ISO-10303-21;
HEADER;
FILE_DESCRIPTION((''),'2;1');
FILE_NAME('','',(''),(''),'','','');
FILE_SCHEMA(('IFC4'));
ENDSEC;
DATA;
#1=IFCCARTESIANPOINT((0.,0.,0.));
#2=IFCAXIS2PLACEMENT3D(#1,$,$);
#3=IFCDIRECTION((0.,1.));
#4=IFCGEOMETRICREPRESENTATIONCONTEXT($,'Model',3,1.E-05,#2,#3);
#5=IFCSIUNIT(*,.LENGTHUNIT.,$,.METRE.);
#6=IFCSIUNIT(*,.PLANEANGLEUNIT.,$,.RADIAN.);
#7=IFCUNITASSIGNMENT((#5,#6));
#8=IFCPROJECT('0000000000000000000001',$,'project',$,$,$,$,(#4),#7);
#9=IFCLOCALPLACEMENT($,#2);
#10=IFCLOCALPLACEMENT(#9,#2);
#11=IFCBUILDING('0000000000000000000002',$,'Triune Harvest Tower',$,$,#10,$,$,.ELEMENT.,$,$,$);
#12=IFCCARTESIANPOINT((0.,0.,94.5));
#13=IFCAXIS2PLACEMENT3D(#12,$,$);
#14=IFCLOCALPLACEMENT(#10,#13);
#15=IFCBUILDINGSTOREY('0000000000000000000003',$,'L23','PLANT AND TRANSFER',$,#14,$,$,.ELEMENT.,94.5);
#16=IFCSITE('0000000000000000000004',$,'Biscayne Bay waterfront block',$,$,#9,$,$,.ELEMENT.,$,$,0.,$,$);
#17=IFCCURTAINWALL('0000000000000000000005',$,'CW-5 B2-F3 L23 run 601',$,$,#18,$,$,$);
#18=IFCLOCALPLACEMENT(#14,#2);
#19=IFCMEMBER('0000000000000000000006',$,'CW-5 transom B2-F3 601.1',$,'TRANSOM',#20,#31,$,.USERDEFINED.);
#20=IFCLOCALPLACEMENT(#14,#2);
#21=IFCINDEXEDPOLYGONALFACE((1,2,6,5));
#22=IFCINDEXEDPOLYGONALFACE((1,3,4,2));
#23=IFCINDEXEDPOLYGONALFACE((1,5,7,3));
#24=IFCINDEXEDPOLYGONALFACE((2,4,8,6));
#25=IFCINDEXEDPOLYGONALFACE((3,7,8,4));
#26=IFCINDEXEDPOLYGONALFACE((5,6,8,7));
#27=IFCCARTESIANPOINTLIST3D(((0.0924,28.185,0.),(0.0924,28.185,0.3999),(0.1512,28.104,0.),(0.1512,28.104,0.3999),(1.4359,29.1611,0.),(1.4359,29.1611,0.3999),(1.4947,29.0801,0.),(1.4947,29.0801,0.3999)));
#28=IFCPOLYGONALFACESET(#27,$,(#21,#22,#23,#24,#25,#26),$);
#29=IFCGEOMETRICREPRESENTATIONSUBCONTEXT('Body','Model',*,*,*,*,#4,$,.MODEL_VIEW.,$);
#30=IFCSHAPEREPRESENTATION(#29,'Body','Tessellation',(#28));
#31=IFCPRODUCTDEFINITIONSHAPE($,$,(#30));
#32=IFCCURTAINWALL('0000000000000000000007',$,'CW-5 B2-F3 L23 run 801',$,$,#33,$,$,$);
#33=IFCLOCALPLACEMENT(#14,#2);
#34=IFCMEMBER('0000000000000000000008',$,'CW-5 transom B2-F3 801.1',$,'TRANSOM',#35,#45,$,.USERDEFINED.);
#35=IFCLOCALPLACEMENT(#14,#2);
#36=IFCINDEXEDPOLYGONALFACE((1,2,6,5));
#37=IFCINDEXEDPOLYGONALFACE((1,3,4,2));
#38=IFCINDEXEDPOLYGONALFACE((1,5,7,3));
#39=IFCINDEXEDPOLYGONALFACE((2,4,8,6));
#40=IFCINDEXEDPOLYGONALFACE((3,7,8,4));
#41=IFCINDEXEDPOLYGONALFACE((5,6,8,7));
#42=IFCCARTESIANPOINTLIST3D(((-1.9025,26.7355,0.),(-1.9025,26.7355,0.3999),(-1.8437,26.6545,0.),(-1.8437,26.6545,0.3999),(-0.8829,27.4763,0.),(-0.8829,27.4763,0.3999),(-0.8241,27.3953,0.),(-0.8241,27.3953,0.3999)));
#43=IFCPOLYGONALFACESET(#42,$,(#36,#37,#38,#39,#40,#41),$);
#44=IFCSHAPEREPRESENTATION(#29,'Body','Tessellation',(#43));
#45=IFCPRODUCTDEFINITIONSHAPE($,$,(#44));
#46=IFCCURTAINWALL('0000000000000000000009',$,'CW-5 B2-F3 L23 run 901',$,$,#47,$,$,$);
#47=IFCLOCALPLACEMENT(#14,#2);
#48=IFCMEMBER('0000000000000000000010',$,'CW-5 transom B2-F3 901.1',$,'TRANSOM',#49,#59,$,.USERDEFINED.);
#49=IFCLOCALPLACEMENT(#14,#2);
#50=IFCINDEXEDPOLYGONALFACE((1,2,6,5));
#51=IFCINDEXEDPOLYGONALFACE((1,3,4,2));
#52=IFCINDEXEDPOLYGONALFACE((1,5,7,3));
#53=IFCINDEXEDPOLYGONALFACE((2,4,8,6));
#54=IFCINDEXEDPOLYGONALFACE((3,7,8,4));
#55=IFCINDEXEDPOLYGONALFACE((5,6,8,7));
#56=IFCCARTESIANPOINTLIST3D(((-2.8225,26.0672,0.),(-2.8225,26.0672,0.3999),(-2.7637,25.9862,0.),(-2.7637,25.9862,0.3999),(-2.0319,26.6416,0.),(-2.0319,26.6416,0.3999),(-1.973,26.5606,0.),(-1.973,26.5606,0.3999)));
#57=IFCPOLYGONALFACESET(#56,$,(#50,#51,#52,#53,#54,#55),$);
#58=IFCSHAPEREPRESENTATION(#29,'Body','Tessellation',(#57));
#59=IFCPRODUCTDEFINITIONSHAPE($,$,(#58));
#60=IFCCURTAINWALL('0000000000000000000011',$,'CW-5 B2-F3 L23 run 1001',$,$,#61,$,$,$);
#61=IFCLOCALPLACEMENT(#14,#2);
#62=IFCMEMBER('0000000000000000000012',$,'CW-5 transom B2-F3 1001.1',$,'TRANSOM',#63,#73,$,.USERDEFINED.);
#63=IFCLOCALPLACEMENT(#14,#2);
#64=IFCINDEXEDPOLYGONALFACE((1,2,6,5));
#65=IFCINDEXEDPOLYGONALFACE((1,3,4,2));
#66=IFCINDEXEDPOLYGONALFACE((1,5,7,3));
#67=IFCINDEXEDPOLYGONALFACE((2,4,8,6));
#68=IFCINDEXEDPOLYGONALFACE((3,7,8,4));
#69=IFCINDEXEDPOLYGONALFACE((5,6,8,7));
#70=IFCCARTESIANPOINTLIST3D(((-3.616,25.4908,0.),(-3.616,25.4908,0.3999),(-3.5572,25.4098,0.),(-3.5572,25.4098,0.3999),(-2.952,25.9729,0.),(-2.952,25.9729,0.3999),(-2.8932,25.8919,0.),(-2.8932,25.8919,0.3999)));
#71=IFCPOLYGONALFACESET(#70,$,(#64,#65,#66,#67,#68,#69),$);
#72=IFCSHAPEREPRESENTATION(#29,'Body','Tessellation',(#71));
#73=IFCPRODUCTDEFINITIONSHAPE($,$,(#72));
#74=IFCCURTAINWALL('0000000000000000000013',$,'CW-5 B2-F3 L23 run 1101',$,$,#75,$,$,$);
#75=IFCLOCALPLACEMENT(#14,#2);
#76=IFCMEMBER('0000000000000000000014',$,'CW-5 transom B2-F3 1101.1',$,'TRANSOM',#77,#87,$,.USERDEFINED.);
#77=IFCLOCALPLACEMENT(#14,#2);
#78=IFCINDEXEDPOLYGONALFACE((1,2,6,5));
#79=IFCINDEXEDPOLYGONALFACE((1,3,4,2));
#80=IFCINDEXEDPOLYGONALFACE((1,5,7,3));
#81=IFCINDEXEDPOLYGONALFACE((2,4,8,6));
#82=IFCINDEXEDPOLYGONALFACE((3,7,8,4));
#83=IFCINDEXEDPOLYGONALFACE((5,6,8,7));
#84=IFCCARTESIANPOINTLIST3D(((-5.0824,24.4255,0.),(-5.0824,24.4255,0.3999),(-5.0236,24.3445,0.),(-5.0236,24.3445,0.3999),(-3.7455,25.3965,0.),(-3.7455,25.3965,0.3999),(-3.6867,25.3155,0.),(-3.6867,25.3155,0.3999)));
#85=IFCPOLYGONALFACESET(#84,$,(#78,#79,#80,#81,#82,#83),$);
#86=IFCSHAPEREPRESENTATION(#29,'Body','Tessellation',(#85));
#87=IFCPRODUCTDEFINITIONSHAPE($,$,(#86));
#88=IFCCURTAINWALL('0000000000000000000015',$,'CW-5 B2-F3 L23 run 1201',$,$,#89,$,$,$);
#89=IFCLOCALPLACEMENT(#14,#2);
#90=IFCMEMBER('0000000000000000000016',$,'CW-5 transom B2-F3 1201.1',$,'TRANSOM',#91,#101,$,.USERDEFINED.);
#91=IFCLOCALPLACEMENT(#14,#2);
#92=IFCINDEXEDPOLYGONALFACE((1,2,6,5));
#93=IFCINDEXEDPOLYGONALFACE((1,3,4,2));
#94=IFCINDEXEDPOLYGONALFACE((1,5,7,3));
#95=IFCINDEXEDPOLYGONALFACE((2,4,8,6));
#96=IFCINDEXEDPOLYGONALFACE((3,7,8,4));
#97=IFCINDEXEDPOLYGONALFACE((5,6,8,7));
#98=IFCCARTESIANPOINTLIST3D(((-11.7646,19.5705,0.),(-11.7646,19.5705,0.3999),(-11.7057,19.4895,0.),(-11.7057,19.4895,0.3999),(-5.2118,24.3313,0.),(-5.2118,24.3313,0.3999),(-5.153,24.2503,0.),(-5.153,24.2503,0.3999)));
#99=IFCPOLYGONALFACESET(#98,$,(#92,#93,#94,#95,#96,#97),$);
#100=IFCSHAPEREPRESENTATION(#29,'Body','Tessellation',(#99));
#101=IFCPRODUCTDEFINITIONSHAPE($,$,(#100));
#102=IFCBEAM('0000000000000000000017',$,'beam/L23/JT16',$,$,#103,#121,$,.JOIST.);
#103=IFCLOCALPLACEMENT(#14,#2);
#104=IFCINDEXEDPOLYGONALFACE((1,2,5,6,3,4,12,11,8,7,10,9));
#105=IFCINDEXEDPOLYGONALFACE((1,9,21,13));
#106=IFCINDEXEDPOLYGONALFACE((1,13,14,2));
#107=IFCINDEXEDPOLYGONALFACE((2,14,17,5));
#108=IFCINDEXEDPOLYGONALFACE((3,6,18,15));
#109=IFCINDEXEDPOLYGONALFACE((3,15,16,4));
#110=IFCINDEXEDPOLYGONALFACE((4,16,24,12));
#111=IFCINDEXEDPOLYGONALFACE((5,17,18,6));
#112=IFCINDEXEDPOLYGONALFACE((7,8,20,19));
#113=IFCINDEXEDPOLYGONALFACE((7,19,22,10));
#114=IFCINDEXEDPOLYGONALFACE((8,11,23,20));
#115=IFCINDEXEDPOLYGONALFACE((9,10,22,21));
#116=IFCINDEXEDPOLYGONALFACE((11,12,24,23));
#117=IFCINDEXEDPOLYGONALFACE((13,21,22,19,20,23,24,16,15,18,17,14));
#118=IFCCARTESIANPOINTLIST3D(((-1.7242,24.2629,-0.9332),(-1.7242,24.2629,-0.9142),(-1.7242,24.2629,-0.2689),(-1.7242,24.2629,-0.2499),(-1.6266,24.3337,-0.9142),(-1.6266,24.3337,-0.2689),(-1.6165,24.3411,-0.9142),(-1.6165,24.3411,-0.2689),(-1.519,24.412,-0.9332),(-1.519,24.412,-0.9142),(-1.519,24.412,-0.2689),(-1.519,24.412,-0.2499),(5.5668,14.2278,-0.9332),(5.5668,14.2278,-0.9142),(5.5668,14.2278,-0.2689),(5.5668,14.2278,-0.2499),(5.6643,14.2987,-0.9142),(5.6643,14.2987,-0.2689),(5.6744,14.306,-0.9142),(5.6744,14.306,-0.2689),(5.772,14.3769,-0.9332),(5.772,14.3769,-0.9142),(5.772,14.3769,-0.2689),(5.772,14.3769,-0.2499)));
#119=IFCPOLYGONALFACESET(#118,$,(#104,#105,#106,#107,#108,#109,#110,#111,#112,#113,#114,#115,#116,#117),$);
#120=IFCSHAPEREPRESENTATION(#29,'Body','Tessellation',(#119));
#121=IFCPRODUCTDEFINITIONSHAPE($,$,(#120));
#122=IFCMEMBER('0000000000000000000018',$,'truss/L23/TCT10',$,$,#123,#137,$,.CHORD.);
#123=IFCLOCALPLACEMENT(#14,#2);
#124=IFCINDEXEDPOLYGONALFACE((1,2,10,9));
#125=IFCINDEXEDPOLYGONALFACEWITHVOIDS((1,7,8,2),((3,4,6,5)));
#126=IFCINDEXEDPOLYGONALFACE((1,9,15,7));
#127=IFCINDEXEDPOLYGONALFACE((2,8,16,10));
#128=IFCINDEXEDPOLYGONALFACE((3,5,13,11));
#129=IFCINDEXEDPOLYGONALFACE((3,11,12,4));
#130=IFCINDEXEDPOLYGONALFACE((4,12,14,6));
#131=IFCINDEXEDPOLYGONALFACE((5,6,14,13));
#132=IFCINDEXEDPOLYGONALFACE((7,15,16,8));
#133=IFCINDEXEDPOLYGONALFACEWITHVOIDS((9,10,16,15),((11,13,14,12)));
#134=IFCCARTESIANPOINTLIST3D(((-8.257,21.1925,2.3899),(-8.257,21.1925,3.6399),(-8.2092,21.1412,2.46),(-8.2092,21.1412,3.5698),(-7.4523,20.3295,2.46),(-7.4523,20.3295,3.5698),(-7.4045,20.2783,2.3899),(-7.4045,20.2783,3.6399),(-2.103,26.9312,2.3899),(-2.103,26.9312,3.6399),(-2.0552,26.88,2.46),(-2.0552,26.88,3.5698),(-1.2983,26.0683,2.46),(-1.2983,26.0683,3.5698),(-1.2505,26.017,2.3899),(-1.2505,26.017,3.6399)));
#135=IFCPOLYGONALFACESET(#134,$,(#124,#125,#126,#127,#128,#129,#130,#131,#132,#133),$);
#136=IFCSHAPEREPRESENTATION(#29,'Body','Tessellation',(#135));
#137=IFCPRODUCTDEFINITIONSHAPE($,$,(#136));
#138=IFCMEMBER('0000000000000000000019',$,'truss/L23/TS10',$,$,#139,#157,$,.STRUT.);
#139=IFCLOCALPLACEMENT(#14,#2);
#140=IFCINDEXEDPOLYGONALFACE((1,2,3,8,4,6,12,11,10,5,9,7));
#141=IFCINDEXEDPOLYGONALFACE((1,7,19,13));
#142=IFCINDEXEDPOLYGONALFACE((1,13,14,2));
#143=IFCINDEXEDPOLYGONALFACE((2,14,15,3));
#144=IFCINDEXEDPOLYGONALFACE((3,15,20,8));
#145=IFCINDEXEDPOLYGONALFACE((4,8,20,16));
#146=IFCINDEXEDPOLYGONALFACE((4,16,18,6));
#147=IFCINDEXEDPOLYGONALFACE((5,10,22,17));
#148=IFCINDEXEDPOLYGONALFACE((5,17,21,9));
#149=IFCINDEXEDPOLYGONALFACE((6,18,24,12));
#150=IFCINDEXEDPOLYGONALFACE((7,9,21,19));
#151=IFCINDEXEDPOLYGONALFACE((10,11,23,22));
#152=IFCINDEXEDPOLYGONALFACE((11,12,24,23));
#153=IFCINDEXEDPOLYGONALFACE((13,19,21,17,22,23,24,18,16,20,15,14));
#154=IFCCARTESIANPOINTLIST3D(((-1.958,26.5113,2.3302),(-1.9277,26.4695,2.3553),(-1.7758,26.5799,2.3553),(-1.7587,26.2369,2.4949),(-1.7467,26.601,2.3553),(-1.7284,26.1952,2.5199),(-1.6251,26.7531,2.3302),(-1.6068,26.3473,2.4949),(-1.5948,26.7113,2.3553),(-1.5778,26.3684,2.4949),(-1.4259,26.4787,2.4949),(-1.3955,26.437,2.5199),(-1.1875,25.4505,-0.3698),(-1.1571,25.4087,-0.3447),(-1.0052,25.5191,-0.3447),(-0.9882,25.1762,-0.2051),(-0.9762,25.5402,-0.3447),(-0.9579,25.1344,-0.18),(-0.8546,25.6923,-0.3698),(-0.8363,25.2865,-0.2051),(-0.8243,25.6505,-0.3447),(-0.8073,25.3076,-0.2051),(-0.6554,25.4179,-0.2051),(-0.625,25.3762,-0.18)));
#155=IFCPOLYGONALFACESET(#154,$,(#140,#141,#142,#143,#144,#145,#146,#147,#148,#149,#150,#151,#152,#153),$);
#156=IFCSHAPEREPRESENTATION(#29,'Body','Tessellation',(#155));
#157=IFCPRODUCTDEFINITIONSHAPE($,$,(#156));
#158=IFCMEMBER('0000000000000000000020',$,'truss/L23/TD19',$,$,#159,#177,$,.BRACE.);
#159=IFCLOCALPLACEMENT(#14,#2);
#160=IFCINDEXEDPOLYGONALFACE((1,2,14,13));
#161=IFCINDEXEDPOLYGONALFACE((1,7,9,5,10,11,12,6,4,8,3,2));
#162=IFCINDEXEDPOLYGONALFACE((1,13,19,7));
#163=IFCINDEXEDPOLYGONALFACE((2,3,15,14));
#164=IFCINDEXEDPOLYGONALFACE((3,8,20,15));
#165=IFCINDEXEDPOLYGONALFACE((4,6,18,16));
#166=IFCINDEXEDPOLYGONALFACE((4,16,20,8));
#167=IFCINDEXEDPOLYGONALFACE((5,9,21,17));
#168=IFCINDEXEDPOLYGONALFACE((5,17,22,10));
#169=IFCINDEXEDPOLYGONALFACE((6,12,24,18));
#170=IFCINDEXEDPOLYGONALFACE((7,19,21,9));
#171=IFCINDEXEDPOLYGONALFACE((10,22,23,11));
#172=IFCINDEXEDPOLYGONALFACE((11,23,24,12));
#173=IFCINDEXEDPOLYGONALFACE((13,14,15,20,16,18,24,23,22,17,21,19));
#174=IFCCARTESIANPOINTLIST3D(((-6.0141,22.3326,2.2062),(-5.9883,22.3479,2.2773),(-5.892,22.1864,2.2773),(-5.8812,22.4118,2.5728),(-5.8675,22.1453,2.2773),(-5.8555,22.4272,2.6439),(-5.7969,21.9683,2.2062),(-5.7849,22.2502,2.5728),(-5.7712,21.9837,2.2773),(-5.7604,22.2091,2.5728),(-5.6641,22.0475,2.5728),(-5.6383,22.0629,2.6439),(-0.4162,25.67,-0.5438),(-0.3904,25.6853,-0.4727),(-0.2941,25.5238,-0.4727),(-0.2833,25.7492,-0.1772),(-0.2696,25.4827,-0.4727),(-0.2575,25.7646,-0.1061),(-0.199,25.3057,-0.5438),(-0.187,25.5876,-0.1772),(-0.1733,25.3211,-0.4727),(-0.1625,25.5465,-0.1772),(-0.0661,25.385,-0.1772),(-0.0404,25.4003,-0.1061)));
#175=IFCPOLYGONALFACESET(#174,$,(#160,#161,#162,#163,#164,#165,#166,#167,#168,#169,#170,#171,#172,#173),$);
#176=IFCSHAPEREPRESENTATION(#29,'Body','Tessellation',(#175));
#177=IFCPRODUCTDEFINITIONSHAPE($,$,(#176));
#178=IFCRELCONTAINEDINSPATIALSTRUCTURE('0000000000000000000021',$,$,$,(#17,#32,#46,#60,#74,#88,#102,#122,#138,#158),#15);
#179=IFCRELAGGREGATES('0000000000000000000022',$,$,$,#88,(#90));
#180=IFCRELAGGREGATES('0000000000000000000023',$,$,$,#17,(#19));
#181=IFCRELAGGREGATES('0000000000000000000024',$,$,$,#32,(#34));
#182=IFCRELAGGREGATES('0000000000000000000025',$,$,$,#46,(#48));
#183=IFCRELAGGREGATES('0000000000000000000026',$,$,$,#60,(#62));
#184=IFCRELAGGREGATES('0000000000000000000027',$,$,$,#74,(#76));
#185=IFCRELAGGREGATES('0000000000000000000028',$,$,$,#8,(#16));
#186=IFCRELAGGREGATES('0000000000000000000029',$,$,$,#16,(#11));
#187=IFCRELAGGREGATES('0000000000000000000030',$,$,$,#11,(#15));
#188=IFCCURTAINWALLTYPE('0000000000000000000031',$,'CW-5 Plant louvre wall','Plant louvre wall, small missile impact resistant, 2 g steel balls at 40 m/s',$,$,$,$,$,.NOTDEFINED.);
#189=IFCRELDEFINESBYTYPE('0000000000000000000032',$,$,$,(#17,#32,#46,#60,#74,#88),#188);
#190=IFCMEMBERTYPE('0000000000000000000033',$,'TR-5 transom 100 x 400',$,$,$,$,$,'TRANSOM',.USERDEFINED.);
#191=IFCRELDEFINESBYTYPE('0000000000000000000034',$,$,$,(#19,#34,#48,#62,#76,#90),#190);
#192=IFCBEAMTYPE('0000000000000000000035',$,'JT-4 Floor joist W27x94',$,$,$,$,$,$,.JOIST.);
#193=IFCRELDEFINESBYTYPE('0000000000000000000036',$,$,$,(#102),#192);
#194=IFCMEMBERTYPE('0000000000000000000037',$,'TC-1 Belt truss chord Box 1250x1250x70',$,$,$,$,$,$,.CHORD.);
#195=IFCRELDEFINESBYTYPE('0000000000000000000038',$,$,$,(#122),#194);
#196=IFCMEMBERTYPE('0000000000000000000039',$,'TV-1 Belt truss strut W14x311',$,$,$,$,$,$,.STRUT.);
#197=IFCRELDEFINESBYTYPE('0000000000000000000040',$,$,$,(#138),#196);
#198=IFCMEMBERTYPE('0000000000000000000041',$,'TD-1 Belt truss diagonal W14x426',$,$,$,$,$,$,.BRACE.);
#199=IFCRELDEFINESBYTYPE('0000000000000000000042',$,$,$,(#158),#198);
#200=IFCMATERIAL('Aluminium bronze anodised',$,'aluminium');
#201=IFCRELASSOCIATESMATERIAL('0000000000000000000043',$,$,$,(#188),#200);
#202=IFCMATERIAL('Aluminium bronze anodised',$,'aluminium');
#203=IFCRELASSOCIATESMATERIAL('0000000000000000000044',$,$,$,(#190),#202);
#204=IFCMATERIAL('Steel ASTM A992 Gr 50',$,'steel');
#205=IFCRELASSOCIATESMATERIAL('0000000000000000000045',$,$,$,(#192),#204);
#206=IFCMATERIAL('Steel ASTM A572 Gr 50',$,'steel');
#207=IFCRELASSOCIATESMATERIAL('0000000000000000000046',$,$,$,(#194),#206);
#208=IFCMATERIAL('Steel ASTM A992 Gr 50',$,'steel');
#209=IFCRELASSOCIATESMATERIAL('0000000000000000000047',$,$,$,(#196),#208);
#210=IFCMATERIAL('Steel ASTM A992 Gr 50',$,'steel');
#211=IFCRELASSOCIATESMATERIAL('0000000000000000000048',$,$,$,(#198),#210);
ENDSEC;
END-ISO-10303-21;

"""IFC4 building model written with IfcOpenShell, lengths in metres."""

from ifc_helpers import new_model, si_unit, direction, frame, origin, origin_2d, place, context, subcontext, project, spatial, rectangle, hollow_rectangle, i_section, extrude, source, transform, mapped, material, material_profile, profile_set, type_object, element, aggregate, save


model = new_model("IFC4")

# Units and contexts
model_context = context("Model", 3, precision=1e-05, world=origin(), true_north=direction((0.0, 1.0)))
body_context = subcontext(model_context, "Body", "Model", "MODEL_VIEW")
ifc_project = project(units=[si_unit("LENGTHUNIT", "METRE"), si_unit("PLANEANGLEUNIT", "RADIAN")], contexts=[model_context])

# Site, building, storey
site_placement = place(None, origin())
site = spatial("IfcSite", under=ifc_project, at=site_placement, Name="Biscayne Bay waterfront block", CompositionType="ELEMENT", RefElevation=0.0)
building_placement = place(site_placement, origin())
building = spatial("IfcBuilding", under=site, at=building_placement, Name="Triune Harvest Tower", CompositionType="ELEMENT")
storey_placement = place(building_placement, frame((0.0, 0.0, 94.5)))
storey = spatial("IfcBuildingStorey", under=building, at=storey_placement, Name="L23", Description="PLANT AND TRANSFER", CompositionType="ELEMENT", Elevation=94.5)

# Curtain walls, members
ifc_material_1 = material(Name="Aluminium bronze anodised", Category="aluminium")
curtain_wall_type = type_object("IfcCurtainWallType", Name="CW-5 Plant louvre wall", Description="Plant louvre wall, small missile impact resistant, 2 g steel balls at 40 m/s", PredefinedType="NOTDEFINED", material=ifc_material_1)
curtain_wall_1_placement = place(storey_placement, origin())
curtain_wall_1 = element("IfcCurtainWall", 1, at=curtain_wall_1_placement, inside=storey, type_object=curtain_wall_type, Name="CW-5 B2-F3 L23 run 601")
ifc_material_2 = material(Name="Aluminium bronze anodised", Category="aluminium")
ifc_material_profile_1 = material_profile(ifc_material_2, rectangle(XDim=0.1001, YDim=0.3999, at=origin_2d()), Name="TR-5 transom 100 x 400")
ifc_profile_set_1 = profile_set([ifc_material_profile_1], Name="Aluminium bronze anodised")
member_type_1 = type_object("IfcMemberType", Name="TR-5 transom 100 x 400", ElementType="TRANSOM", PredefinedType="USERDEFINED", material=ifc_profile_set_1)
member_1_placement = place(storey_placement, frame((1.4653, 29.1206, 0.2), z_axis=(-0.809028, -0.58777, 0.0), x_axis=(0.58777, -0.809028, 0.0)))
member_1 = element("IfcMember", 2, at=member_1_placement, type_object=member_type_1, Name="CW-5 transom B2-F3 601.1", ObjectType="TRANSOM", PredefinedType="USERDEFINED", context=body_context, shape_type="SweptSolid", body=[
    extrude(rectangle(XDim=0.1001, YDim=0.3999, at=origin_2d()), origin(), (0.0, 0.0, 1.0), 1.6606),
])
curtain_wall_2_placement = place(storey_placement, origin())
curtain_wall_2 = element("IfcCurtainWall", 3, at=curtain_wall_2_placement, inside=storey, type_object=curtain_wall_type, Name="CW-5 B2-F3 L23 run 801")
member_2_placement = place(storey_placement, frame((-0.8535, 27.4358, 0.2), z_axis=(-0.809021, -0.58778, 0.0), x_axis=(0.58778, -0.809021, 0.0)))
member_2 = element("IfcMember", 4, at=member_2_placement, type_object=member_type_1, Name="CW-5 transom B2-F3 801.1", ObjectType="TRANSOM", PredefinedType="USERDEFINED", context=body_context, shape_type="SweptSolid", body=[
    extrude(rectangle(XDim=0.1001, YDim=0.3999, at=origin_2d()), origin(), (0.0, 0.0, 1.0), 1.2603),
])
curtain_wall_3_placement = place(storey_placement, origin())
curtain_wall_3 = element("IfcCurtainWall", 5, at=curtain_wall_3_placement, inside=storey, type_object=curtain_wall_type, Name="CW-5 B2-F3 L23 run 901")
member_3_placement = place(storey_placement, frame((-2.0024, 26.6011, 0.2), z_axis=(-0.809049, -0.587741, 0.0), x_axis=(0.587741, -0.809049, 0.0)))
member_3 = element("IfcMember", 6, at=member_3_placement, type_object=member_type_1, Name="CW-5 transom B2-F3 901.1", ObjectType="TRANSOM", PredefinedType="USERDEFINED", context=body_context, shape_type="SweptSolid", body=[
    extrude(rectangle(XDim=0.1001, YDim=0.3999, at=origin_2d()), origin(), (0.0, 0.0, 1.0), 0.9773),
])
curtain_wall_4_placement = place(storey_placement, origin())
curtain_wall_4 = element("IfcCurtainWall", 7, at=curtain_wall_4_placement, inside=storey, type_object=curtain_wall_type, Name="CW-5 B2-F3 L23 run 1001")
member_4_placement = place(storey_placement, frame((-2.9226, 25.9324, 0.2), z_axis=(-0.809186, -0.587552, 0.0), x_axis=(0.587552, -0.809186, 0.0)))
member_4 = element("IfcMember", 8, at=member_4_placement, type_object=member_type_1, Name="CW-5 transom B2-F3 1001.1", ObjectType="TRANSOM", PredefinedType="USERDEFINED", context=body_context, shape_type="SweptSolid", body=[
    extrude(rectangle(XDim=0.1001, YDim=0.3999, at=origin_2d()), origin(), (0.0, 0.0, 1.0), 0.8206),
])
curtain_wall_5_placement = place(storey_placement, origin())
curtain_wall_5 = element("IfcCurtainWall", 9, at=curtain_wall_5_placement, inside=storey, type_object=curtain_wall_type, Name="CW-5 B2-F3 L23 run 1101")
member_5_placement = place(storey_placement, frame((-3.7161, 25.356, 0.2), z_axis=(-0.809126, -0.587636, 0.0), x_axis=(0.587636, -0.809126, 0.0)))
member_5 = element("IfcMember", 10, at=member_5_placement, type_object=member_type_1, Name="CW-5 transom B2-F3 1101.1", ObjectType="TRANSOM", PredefinedType="USERDEFINED", context=body_context, shape_type="SweptSolid", body=[
    extrude(rectangle(XDim=0.1001, YDim=0.3999, at=origin_2d()), origin(), (0.0, 0.0, 1.0), 1.6523),
])
curtain_wall_6_placement = place(storey_placement, origin())
curtain_wall_6 = element("IfcCurtainWall", 11, at=curtain_wall_6_placement, inside=storey, type_object=curtain_wall_type, Name="CW-5 B2-F3 L23 run 1201")
member_6_placement = place(storey_placement, frame((-5.1824, 24.2908, 0.2), z_axis=(-0.809023, -0.587777, 0.0), x_axis=(0.587777, -0.809023, 0.0)))
member_6 = element("IfcMember", 12, at=member_6_placement, type_object=member_type_1, Name="CW-5 transom B2-F3 1201.1", ObjectType="TRANSOM", PredefinedType="USERDEFINED", context=body_context, shape_type="SweptSolid", body=[
    extrude(rectangle(XDim=0.1001, YDim=0.3999, at=origin_2d()), origin(), (0.0, 0.0, 1.0), 8.0996),
])

# Beam
ifc_material_3 = material(Name="Steel ASTM A992 Gr 50", Category="steel")
ifc_material_profile_2 = material_profile(ifc_material_3, i_section(OverallWidth=0.2537, OverallDepth=0.6833, WebThickness=0.0125, FlangeThickness=0.019, at=origin_2d()), Name="W27x94")
ifc_profile_set_2 = profile_set([ifc_material_profile_2], Name="Steel ASTM A992 Gr 50")
beam_type = type_object("IfcBeamType", Name="JT-4 Floor joist W27x94", PredefinedType="JOIST", material=ifc_profile_set_2)
shared_shape_1 = source(origin(), body_context, "Body", "SweptSolid", [
    extrude(i_section(OverallWidth=0.2537, OverallDepth=0.6833, WebThickness=0.0125, FlangeThickness=0.019, at=origin_2d()), origin(), (0.0, 0.0, 1.0), 12.4041),
])
beam_placement = place(storey_placement, frame((-1.6216, 24.3374, -0.5916), z_axis=(0.587788, -0.809015, 0.0), x_axis=(0.809015, 0.587788, 0.0)))
element("IfcBeam", 13, at=beam_placement, inside=storey, type_object=beam_type, Name="beam/L23/JT16", PredefinedType="JOIST", context=body_context, shape_type="MappedRepresentation", body=[
    mapped(shared_shape_1, transform((0.0, 0.0, 0.0), scale=1.0)),
])

# Members
ifc_material_4 = material(Name="Steel ASTM A572 Gr 50", Category="steel")
ifc_material_profile_3 = material_profile(ifc_material_4, hollow_rectangle(XDim=1.25, YDim=1.25, WallThickness=0.0701, at=origin_2d()), Name="Box 1250x1250x70")
ifc_profile_set_3 = profile_set([ifc_material_profile_3], Name="Steel ASTM A572 Gr 50")
member_type_2 = type_object("IfcMemberType", Name="TC-1 Belt truss chord Box 1250x1250x70", PredefinedType="CHORD", material=ifc_profile_set_3)
shared_shape_2 = source(origin(), body_context, "Body", "SweptSolid", [
    extrude(hollow_rectangle(XDim=1.25, YDim=1.25, WallThickness=0.0701, at=origin_2d()), origin(), (0.0, 0.0, 1.0), 8.4146),
])
member_7_placement = place(storey_placement, frame((-1.6768, 26.4741, 3.0149), z_axis=(-0.731352, -0.682, 0.0), x_axis=(0.682, -0.731352, 0.0)))
element("IfcMember", 14, at=member_7_placement, inside=storey, type_object=member_type_2, Name="truss/L23/TCT10", PredefinedType="CHORD", context=body_context, shape_type="MappedRepresentation", body=[
    mapped(shared_shape_2, transform((0.0, 0.0, 0.0), scale=1.0)),
])
ifc_material_5 = material(Name="Steel ASTM A992 Gr 50", Category="steel")
ifc_material_profile_4 = material_profile(ifc_material_5, i_section(OverallWidth=0.4114, OverallDepth=0.4343, WebThickness=0.0359, FlangeThickness=0.0574, at=origin_2d()), Name="W14x311")
ifc_profile_set_4 = profile_set([ifc_material_profile_4], Name="Steel ASTM A992 Gr 50")
member_type_3 = type_object("IfcMemberType", Name="TV-1 Belt truss strut W14x311", PredefinedType="STRUT", material=ifc_profile_set_4)
shared_shape_3 = source(origin(), body_context, "Body", "SweptSolid", [
    extrude(i_section(OverallWidth=0.4114, OverallDepth=0.4343, WebThickness=0.0359, FlangeThickness=0.0574, at=origin_2d()), origin(), (0.0, 0.0, 1.0), 3.0015),
])
member_8_placement = place(storey_placement, frame((-0.9062, 25.4133, -0.2749), z_axis=(-0.256712, 0.353426, 0.899549), x_axis=(-0.80909, -0.587684, 0.0)))
element("IfcMember", 15, at=member_8_placement, inside=storey, type_object=member_type_3, Name="truss/L23/TS10", PredefinedType="STRUT", context=body_context, shape_type="MappedRepresentation", body=[
    mapped(shared_shape_3, transform((0.0, 0.0, 0.0), scale=1.0)),
])
ifc_material_6 = material(Name="Steel ASTM A992 Gr 50", Category="steel")
ifc_material_profile_5 = material_profile(ifc_material_6, i_section(OverallWidth=0.4241, OverallDepth=0.4751, WebThickness=0.0479, FlangeThickness=0.0771, at=origin_2d()), Name="W14x426")
ifc_profile_set_5 = profile_set([ifc_material_profile_5], Name="Steel ASTM A992 Gr 50")
member_type_4 = type_object("IfcMemberType", Name="TD-1 Belt truss diagonal W14x426", PredefinedType="BRACE", material=ifc_profile_set_5)
shared_shape_4 = source(origin(), body_context, "Body", "SweptSolid", [
    extrude(i_section(OverallWidth=0.4241, OverallDepth=0.4751, WebThickness=0.0479, FlangeThickness=0.0771, at=origin_2d()), origin(), (0.0, 0.0, 1.0), 7.0737),
])
member_9_placement = place(storey_placement, frame((-0.2283, 25.5352, -0.325), z_axis=(-0.791368, -0.471804, 0.388764), x_axis=(0.512086, -0.858934, 0.0)))
element("IfcMember", 16, at=member_9_placement, inside=storey, type_object=member_type_4, Name="truss/L23/TD19", PredefinedType="BRACE", context=body_context, shape_type="MappedRepresentation", body=[
    mapped(shared_shape_4, transform((0.0, 0.0, 0.0), scale=1.0)),
])

aggregate(curtain_wall_6, [member_6])

aggregate(curtain_wall_1, [member_1])
aggregate(curtain_wall_2, [member_2])
aggregate(curtain_wall_3, [member_3])
aggregate(curtain_wall_4, [member_4])
aggregate(curtain_wall_5, [member_5])

save(model, "model.ifc")
